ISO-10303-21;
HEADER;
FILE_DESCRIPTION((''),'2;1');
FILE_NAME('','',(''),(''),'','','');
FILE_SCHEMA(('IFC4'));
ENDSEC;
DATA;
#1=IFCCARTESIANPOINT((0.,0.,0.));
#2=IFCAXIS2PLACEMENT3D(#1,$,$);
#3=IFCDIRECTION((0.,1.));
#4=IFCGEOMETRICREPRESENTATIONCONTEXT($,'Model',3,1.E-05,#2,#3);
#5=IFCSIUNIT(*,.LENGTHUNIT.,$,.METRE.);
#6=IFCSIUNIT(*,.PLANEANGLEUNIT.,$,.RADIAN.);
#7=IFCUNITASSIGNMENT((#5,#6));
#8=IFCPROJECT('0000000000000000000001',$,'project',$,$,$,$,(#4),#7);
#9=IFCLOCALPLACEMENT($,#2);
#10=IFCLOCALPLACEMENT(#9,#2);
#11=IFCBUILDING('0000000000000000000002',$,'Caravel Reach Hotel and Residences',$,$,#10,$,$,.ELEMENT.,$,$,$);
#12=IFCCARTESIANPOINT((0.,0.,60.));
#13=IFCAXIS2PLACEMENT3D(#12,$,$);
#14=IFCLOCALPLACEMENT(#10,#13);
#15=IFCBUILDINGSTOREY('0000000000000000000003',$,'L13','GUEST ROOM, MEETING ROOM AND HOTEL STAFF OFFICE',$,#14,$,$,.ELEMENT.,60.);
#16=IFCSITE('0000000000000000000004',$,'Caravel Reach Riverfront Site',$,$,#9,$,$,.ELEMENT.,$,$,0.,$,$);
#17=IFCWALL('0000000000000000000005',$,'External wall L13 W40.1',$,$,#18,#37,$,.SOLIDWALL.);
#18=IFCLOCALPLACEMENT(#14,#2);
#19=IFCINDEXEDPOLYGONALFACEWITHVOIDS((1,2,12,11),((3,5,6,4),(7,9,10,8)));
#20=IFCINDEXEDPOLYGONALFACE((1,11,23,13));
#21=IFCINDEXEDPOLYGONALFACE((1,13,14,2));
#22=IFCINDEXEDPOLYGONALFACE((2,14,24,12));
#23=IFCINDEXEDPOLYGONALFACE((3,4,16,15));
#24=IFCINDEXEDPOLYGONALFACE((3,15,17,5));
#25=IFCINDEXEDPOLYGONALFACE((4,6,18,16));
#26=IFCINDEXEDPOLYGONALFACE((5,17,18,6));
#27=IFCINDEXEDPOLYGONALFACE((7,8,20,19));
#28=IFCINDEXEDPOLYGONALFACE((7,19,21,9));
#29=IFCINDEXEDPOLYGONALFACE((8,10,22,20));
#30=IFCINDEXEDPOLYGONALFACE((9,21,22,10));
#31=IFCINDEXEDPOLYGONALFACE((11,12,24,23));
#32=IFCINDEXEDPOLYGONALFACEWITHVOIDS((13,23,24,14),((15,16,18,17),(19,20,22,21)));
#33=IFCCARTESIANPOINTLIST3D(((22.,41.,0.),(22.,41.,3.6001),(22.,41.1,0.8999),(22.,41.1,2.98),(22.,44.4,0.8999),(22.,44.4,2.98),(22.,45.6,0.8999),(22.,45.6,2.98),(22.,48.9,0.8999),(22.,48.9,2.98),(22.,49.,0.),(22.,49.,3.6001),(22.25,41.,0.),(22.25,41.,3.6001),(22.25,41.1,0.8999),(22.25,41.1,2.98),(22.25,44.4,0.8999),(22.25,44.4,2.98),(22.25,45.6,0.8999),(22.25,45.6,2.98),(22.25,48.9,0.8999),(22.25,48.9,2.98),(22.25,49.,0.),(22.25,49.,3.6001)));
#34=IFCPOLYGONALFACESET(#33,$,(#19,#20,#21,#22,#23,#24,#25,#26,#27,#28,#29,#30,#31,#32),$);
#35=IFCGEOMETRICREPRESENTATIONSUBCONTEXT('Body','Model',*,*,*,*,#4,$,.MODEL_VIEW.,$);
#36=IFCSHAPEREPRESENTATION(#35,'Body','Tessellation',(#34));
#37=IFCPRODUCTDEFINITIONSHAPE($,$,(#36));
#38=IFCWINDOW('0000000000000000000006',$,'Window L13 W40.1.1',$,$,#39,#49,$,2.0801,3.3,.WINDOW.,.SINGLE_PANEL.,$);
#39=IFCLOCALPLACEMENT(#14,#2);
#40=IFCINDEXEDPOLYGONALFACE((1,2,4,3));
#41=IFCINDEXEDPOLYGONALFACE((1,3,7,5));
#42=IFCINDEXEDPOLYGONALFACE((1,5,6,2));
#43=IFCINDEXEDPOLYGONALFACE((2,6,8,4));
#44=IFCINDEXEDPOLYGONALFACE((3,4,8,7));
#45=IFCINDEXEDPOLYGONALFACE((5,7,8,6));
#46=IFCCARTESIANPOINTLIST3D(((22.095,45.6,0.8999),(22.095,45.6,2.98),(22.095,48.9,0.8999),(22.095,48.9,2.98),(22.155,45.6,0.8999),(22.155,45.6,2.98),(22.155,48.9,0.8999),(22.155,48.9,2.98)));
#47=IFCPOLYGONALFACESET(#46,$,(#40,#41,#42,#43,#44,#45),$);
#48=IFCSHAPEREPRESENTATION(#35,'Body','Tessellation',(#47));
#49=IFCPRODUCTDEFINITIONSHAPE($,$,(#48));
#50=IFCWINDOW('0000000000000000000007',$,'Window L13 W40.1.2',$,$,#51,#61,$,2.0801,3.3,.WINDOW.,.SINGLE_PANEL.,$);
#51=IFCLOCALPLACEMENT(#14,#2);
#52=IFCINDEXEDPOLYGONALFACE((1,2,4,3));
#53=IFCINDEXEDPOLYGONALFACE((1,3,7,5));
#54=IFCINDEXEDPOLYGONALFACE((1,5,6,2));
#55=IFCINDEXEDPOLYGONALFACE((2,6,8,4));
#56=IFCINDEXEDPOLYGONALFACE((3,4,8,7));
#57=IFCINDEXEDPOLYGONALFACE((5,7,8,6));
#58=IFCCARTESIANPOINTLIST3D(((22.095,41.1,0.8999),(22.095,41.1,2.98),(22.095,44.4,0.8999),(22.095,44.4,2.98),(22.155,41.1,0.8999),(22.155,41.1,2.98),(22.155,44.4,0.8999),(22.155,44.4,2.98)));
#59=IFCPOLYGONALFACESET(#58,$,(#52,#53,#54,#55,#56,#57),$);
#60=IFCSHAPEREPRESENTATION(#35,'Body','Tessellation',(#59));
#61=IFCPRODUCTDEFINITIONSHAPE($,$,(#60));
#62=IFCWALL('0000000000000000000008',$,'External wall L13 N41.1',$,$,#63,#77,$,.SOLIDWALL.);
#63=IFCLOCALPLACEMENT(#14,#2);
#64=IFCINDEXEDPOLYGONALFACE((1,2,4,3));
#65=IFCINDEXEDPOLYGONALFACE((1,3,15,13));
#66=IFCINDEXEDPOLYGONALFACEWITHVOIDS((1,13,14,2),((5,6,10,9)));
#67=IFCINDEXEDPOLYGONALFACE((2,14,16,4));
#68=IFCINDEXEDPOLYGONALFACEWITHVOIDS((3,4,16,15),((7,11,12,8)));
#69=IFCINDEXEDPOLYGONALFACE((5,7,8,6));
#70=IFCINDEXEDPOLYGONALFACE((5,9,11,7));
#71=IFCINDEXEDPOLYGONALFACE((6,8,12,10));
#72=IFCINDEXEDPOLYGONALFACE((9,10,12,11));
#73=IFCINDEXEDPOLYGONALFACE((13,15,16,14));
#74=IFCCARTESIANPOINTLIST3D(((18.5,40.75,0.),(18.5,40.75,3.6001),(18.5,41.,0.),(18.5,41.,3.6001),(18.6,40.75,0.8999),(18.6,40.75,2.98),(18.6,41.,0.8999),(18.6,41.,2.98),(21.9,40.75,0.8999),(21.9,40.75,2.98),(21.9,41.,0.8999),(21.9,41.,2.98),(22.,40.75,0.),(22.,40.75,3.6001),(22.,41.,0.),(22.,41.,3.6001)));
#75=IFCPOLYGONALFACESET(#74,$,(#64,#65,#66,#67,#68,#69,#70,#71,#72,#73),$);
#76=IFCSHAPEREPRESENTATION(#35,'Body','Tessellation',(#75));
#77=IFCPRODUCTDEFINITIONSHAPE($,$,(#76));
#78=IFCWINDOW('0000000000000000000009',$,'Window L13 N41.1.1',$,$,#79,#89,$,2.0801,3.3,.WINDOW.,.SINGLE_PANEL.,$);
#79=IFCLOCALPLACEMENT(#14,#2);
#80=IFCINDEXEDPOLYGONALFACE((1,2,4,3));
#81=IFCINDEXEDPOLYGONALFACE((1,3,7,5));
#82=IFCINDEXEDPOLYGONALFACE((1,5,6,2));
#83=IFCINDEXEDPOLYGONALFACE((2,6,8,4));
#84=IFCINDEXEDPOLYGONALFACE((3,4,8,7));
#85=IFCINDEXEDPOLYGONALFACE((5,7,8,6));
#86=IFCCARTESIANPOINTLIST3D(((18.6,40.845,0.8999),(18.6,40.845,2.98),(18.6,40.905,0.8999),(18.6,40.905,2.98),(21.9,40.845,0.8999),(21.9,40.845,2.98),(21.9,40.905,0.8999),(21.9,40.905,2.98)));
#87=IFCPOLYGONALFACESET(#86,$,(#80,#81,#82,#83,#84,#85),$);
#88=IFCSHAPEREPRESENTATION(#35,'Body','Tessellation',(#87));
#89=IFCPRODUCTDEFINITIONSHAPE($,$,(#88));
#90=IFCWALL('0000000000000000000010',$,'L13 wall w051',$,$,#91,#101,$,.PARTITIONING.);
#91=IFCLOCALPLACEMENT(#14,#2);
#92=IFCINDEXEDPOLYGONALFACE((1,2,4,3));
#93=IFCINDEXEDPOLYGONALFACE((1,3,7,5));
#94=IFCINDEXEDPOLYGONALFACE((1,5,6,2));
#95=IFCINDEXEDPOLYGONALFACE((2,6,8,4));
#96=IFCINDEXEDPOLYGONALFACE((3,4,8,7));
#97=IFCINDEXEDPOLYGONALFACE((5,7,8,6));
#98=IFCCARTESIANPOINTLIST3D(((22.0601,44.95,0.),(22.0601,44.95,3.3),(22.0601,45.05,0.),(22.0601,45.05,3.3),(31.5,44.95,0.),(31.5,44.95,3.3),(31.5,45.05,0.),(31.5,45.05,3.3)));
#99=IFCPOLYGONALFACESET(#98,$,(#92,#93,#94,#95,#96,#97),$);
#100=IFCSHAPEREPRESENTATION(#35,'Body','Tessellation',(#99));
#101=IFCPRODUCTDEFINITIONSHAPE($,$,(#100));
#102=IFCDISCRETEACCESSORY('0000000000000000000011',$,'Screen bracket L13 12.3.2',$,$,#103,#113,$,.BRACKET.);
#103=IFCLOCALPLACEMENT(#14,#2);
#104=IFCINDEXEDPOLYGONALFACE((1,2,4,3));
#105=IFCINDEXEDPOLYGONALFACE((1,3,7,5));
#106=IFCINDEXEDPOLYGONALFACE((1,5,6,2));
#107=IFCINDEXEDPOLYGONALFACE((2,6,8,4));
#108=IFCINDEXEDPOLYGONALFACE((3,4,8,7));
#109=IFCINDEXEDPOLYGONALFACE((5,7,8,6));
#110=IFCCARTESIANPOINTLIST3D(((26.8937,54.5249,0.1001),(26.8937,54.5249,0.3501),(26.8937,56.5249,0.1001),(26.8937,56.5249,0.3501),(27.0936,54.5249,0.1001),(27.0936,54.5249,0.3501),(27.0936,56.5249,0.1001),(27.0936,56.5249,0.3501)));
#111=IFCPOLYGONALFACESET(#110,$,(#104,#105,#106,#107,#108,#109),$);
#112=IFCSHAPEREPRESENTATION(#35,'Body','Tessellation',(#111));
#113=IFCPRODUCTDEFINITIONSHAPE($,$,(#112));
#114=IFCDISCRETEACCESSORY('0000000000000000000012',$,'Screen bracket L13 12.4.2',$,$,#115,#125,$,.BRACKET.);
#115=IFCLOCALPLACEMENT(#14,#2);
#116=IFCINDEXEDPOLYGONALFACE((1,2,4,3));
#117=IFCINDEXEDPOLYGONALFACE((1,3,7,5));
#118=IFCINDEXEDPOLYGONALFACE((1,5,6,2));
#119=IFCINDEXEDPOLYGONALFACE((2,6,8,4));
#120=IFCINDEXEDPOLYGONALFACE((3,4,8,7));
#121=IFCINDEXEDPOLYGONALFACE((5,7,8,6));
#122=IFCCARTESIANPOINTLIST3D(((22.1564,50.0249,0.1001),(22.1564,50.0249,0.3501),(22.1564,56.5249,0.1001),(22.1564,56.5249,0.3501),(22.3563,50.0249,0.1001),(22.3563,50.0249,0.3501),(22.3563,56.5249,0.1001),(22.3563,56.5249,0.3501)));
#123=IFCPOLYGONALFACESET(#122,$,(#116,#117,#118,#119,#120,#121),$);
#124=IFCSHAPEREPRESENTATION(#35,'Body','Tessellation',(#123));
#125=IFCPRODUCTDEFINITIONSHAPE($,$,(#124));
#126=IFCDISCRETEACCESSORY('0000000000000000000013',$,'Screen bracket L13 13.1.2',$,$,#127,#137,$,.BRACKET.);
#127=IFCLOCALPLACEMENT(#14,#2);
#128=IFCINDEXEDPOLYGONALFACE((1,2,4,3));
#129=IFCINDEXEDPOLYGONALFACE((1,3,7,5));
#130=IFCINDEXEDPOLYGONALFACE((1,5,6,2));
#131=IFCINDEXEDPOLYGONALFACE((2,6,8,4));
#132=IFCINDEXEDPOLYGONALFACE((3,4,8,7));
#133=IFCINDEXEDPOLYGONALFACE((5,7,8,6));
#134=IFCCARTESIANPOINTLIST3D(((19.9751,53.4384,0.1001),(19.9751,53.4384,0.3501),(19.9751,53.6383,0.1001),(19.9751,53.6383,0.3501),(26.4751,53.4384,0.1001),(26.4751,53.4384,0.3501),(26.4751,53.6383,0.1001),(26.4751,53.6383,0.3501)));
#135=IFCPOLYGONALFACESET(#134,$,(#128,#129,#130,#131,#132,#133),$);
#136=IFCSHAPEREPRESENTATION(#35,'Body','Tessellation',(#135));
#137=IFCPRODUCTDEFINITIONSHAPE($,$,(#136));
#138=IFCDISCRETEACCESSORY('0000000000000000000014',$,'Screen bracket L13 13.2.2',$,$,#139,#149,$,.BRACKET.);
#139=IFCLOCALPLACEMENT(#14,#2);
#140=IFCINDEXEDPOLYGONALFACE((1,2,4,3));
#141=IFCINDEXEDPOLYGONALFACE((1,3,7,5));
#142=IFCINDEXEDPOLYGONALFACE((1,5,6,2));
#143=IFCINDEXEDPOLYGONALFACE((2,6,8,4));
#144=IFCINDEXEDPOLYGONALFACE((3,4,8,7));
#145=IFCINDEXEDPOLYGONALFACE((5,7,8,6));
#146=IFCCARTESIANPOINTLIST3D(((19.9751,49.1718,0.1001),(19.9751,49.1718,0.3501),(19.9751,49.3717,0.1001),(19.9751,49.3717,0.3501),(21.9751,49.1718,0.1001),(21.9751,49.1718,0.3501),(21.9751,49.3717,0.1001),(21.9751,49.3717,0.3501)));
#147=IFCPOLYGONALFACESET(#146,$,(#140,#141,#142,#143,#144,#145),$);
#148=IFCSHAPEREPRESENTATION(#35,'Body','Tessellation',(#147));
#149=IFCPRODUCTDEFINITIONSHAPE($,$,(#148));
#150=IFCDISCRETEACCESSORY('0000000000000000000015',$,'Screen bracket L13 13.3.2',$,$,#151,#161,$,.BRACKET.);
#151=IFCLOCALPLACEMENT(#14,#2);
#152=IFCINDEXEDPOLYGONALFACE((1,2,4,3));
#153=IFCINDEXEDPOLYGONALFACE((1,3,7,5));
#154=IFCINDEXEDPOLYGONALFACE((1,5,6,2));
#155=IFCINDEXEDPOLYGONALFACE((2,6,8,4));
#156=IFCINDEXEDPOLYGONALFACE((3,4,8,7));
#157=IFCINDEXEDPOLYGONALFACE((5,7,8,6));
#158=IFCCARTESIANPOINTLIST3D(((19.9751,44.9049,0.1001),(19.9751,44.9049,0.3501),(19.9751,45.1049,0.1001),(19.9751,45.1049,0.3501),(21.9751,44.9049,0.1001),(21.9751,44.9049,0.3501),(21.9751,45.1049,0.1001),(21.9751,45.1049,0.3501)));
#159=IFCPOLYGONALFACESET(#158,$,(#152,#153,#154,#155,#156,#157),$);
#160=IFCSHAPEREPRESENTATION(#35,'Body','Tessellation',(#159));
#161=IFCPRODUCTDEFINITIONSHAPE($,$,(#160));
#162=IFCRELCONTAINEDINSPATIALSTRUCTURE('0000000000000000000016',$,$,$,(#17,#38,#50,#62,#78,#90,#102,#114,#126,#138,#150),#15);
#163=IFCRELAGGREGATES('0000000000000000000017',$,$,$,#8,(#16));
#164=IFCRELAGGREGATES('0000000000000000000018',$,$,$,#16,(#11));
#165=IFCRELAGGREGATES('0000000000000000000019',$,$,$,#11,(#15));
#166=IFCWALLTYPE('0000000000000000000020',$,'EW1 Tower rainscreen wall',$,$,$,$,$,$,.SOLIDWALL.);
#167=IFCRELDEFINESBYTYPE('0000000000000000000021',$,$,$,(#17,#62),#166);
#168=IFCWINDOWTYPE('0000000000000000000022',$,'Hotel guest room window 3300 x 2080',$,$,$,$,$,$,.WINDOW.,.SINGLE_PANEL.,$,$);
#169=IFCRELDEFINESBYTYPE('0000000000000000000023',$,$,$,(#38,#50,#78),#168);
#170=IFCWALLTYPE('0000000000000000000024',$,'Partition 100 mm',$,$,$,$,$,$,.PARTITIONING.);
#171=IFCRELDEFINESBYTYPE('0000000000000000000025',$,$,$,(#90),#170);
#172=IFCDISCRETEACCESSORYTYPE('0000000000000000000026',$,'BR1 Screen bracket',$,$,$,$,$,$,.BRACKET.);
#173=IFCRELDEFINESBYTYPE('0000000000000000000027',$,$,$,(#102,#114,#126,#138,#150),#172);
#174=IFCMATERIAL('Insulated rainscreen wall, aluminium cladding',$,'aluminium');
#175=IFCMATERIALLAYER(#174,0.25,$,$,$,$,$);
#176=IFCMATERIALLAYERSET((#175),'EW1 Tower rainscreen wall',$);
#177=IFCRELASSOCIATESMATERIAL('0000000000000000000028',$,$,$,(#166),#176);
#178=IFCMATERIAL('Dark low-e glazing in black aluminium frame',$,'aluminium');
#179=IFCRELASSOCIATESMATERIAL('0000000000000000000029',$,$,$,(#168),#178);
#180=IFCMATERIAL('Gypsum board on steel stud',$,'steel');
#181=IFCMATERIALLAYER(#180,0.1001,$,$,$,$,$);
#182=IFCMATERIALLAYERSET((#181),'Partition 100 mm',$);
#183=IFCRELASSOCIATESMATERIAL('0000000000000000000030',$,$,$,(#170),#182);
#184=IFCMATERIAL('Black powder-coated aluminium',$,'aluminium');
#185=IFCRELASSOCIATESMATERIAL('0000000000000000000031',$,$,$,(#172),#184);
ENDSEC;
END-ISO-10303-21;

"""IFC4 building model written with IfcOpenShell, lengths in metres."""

from ifc_helpers import new_model, si_unit, direction, frame, frame_2d, origin, origin_2d, place, context, subcontext, project, spatial, rectangle, extrude, material, layer, layer_set, type_object, element, fill, save


model = new_model("IFC4")

# Units and contexts
model_context = context("Model", 3, precision=1e-05, world=origin(), true_north=direction((0.0, 1.0)))
body_context = subcontext(model_context, "Body", "Model", "MODEL_VIEW")
ifc_project = project(units=[si_unit("LENGTHUNIT", "METRE"), si_unit("PLANEANGLEUNIT", "RADIAN")], contexts=[model_context])

# Site, building, storey
site_placement = place(None, origin())
site = spatial("IfcSite", under=ifc_project, at=site_placement, Name="Caravel Reach Riverfront Site", CompositionType="ELEMENT", RefElevation=0.0)
building_placement = place(site_placement, origin())
building = spatial("IfcBuilding", under=site, at=building_placement, Name="Caravel Reach Hotel and Residences", CompositionType="ELEMENT")
storey_placement = place(building_placement, frame((0.0, 0.0, 60.0)))
storey = spatial("IfcBuildingStorey", under=building, at=storey_placement, Name="L13", Description="GUEST ROOM, MEETING ROOM AND HOTEL STAFF OFFICE", CompositionType="ELEMENT", Elevation=60.0)

# Shared definitions
ifc_material_1 = material(Name="Insulated rainscreen wall, aluminium cladding", Category="aluminium")
ifc_layer_1 = layer(ifc_material_1, 0.25)
ifc_layer_set_1 = layer_set([ifc_layer_1], Name="EW1 Tower rainscreen wall")
wall_type_1 = type_object("IfcWallType", Name="EW1 Tower rainscreen wall", PredefinedType="SOLIDWALL", material=ifc_layer_set_1)

# Wall, openings, windows
wall_1_placement = place(storey_placement, frame((22.125, 49.0, 0.0), z_axis=(0.0, 0.0, 1.0), x_axis=(0.0, -1.0, 0.0)))
wall_1 = element("IfcWall", 1, at=wall_1_placement, inside=storey, type_object=wall_type_1, Name="External wall L13 W40.1", PredefinedType="SOLIDWALL", context=body_context, shape_type="SweptSolid", body=[
    extrude(rectangle(XDim=8.0, YDim=0.25, at=frame_2d((4.0, 0.0))), origin(), (0.0, 0.0, 1.0), 3.6001),
])
opening_1_placement = place(wall_1_placement, frame((0.1001, 0.0, 0.8999)))
opening_1 = element("IfcOpeningElement", 2, at=opening_1_placement, cuts=wall_1, PredefinedType="OPENING", context=body_context, shape_type="SweptSolid", body=[
    extrude(rectangle(XDim=3.3, YDim=2.0801, at=frame_2d((1.6499, 1.04))), frame((0.0, 0.135, 0.0), z_axis=(0.0, -1.0, 0.0), x_axis=(1.0, 0.0, 0.0)), (0.0, 0.0, 1.0), 0.27),
])
opening_2_placement = place(wall_1_placement, frame((4.6001, 0.0, 0.8999)))
opening_2 = element("IfcOpeningElement", 3, at=opening_2_placement, cuts=wall_1, PredefinedType="OPENING", context=body_context, shape_type="SweptSolid", body=[
    extrude(rectangle(XDim=3.3, YDim=2.0801, at=frame_2d((1.6499, 1.04))), frame((0.0, 0.135, 0.0), z_axis=(0.0, -1.0, 0.0), x_axis=(1.0, 0.0, 0.0)), (0.0, 0.0, 1.0), 0.27),
])
ifc_material_2 = material(Name="Dark low-e glazing in black aluminium frame", Category="aluminium")
window_type_1 = type_object("IfcWindowType", Name="Hotel guest room window 3300 x 2080", PartitioningType="SINGLE_PANEL", PredefinedType="WINDOW", material=ifc_material_2)
window_1_placement = place(opening_1_placement, origin())
window_1 = element("IfcWindow", 4, at=window_1_placement, inside=storey, type_object=window_type_1, Name="Window L13 W40.1.1", OverallHeight=2.0801, OverallWidth=3.3, PartitioningType="SINGLE_PANEL", PredefinedType="WINDOW", context=body_context, shape_type="SweptSolid", body=[
    extrude(rectangle(XDim=3.3, YDim=2.0801, at=frame_2d((1.6499, 1.04))), frame((0.0, 0.03, 0.0), z_axis=(0.0, -1.0, 0.0), x_axis=(1.0, 0.0, 0.0)), (0.0, 0.0, 1.0), 0.0601),
])
fill(opening_1, window_1)
window_2_placement = place(opening_2_placement, origin())
window_2 = element("IfcWindow", 5, at=window_2_placement, inside=storey, type_object=window_type_1, Name="Window L13 W40.1.2", OverallHeight=2.0801, OverallWidth=3.3, PartitioningType="SINGLE_PANEL", PredefinedType="WINDOW", context=body_context, shape_type="SweptSolid", body=[
    extrude(rectangle(XDim=3.3, YDim=2.0801, at=frame_2d((1.6499, 1.04))), frame((0.0, 0.03, 0.0), z_axis=(0.0, -1.0, 0.0), x_axis=(1.0, 0.0, 0.0)), (0.0, 0.0, 1.0), 0.0601),
])
fill(opening_2, window_2)

# Wall, opening, window
wall_2_placement = place(storey_placement, frame((22.0, 40.875, 0.0), z_axis=(0.0, 0.0, 1.0), x_axis=(-1.0, 0.0, 0.0)))
wall_2 = element("IfcWall", 6, at=wall_2_placement, inside=storey, type_object=wall_type_1, Name="External wall L13 N41.1", PredefinedType="SOLIDWALL", context=body_context, shape_type="SweptSolid", body=[
    extrude(rectangle(XDim=3.5, YDim=0.25, at=frame_2d((1.75, 0.0))), origin(), (0.0, 0.0, 1.0), 3.6001),
])
opening_3_placement = place(wall_2_placement, frame((0.1001, 0.0, 0.8999)))
opening_3 = element("IfcOpeningElement", 7, at=opening_3_placement, cuts=wall_2, PredefinedType="OPENING", context=body_context, shape_type="SweptSolid", body=[
    extrude(rectangle(XDim=3.3, YDim=2.0801, at=frame_2d((1.6499, 1.04))), frame((0.0, 0.135, 0.0), z_axis=(0.0, -1.0, 0.0), x_axis=(1.0, 0.0, 0.0)), (0.0, 0.0, 1.0), 0.27),
])
window_3_placement = place(opening_3_placement, origin())
window_3 = element("IfcWindow", 8, at=window_3_placement, inside=storey, type_object=window_type_1, Name="Window L13 N41.1.1", OverallHeight=2.0801, OverallWidth=3.3, PartitioningType="SINGLE_PANEL", PredefinedType="WINDOW", context=body_context, shape_type="SweptSolid", body=[
    extrude(rectangle(XDim=3.3, YDim=2.0801, at=frame_2d((1.6499, 1.04))), frame((0.0, 0.03, 0.0), z_axis=(0.0, -1.0, 0.0), x_axis=(1.0, 0.0, 0.0)), (0.0, 0.0, 1.0), 0.0601),
])
fill(opening_3, window_3)

# Wall
ifc_material_3 = material(Name="Gypsum board on steel stud", Category="steel")
ifc_layer_2 = layer(ifc_material_3, 0.1001)
ifc_layer_set_2 = layer_set([ifc_layer_2], Name="Partition 100 mm")
wall_type_2 = type_object("IfcWallType", Name="Partition 100 mm", PredefinedType="PARTITIONING", material=ifc_layer_set_2)
wall_3_placement = place(storey_placement, frame((22.0601, 45.0, 0.0), z_axis=(0.0, 0.0, 1.0), x_axis=(1.0, 0.0, 0.0)))
element("IfcWall", 9, at=wall_3_placement, inside=storey, type_object=wall_type_2, Name="L13 wall w051", PredefinedType="PARTITIONING", context=body_context, shape_type="SweptSolid", body=[
    extrude(rectangle(XDim=9.4399, YDim=0.1001, at=frame_2d((4.72, 0.0))), origin(), (0.0, 0.0, 1.0), 3.3),
])

# Discrete accessories
ifc_material_4 = material(Name="Black powder-coated aluminium", Category="aluminium")
discrete_accessory_type = type_object("IfcDiscreteAccessoryType", Name="BR1 Screen bracket", PredefinedType="BRACKET", material=ifc_material_4)
discrete_accessory_placement = place(storey_placement, frame((26.9937, 55.5249, 0.1001), z_axis=(0.0, 0.0, 1.0), x_axis=(0.0, 1.0, 0.0)))
element("IfcDiscreteAccessory", 10, at=discrete_accessory_placement, inside=storey, type_object=discrete_accessory_type, Name="Screen bracket L13 12.3.2", PredefinedType="BRACKET", context=body_context, shape_type="SweptSolid", body=[
    extrude(rectangle(XDim=2.0, YDim=0.2, at=origin_2d()), origin(), (0.0, 0.0, 1.0), 0.25),
])
for number, where, z_axis, x_axis, name in (
    (11, (22.2563, 53.2749, 0.1001), (0.0, 0.0, 1.0), (0.0, 1.0, 0.0), "Screen bracket L13 12.4.2"),
    (12, (23.2251, 53.5383, 0.1001), (0.0, 0.0, 1.0), (-1.0, 0.0, 0.0), "Screen bracket L13 13.1.2"),
):
    element("IfcDiscreteAccessory", number, at=place(storey_placement, frame(where, z_axis=z_axis, x_axis=x_axis)), inside=storey, type_object=discrete_accessory_type, Name=name, PredefinedType="BRACKET", context=body_context, shape_type="SweptSolid", body=[
        extrude(rectangle(XDim=6.5, YDim=0.2, at=origin_2d()), origin(), (0.0, 0.0, 1.0), 0.25),
    ])
for number, where, z_axis, x_axis, name in (
    (13, (20.9751, 49.2717, 0.1001), (0.0, 0.0, 1.0), (-1.0, 0.0, 0.0), "Screen bracket L13 13.2.2"),
    (14, (20.9751, 45.0049, 0.1001), (0.0, 0.0, 1.0), (-1.0, 0.0, 0.0), "Screen bracket L13 13.3.2"),
):
    element("IfcDiscreteAccessory", number, at=place(storey_placement, frame(where, z_axis=z_axis, x_axis=x_axis)), inside=storey, type_object=discrete_accessory_type, Name=name, PredefinedType="BRACKET", context=body_context, shape_type="SweptSolid", body=[
        extrude(rectangle(XDim=2.0, YDim=0.2, at=origin_2d()), origin(), (0.0, 0.0, 1.0), 0.25),
    ])

save(model, "model.ifc")
